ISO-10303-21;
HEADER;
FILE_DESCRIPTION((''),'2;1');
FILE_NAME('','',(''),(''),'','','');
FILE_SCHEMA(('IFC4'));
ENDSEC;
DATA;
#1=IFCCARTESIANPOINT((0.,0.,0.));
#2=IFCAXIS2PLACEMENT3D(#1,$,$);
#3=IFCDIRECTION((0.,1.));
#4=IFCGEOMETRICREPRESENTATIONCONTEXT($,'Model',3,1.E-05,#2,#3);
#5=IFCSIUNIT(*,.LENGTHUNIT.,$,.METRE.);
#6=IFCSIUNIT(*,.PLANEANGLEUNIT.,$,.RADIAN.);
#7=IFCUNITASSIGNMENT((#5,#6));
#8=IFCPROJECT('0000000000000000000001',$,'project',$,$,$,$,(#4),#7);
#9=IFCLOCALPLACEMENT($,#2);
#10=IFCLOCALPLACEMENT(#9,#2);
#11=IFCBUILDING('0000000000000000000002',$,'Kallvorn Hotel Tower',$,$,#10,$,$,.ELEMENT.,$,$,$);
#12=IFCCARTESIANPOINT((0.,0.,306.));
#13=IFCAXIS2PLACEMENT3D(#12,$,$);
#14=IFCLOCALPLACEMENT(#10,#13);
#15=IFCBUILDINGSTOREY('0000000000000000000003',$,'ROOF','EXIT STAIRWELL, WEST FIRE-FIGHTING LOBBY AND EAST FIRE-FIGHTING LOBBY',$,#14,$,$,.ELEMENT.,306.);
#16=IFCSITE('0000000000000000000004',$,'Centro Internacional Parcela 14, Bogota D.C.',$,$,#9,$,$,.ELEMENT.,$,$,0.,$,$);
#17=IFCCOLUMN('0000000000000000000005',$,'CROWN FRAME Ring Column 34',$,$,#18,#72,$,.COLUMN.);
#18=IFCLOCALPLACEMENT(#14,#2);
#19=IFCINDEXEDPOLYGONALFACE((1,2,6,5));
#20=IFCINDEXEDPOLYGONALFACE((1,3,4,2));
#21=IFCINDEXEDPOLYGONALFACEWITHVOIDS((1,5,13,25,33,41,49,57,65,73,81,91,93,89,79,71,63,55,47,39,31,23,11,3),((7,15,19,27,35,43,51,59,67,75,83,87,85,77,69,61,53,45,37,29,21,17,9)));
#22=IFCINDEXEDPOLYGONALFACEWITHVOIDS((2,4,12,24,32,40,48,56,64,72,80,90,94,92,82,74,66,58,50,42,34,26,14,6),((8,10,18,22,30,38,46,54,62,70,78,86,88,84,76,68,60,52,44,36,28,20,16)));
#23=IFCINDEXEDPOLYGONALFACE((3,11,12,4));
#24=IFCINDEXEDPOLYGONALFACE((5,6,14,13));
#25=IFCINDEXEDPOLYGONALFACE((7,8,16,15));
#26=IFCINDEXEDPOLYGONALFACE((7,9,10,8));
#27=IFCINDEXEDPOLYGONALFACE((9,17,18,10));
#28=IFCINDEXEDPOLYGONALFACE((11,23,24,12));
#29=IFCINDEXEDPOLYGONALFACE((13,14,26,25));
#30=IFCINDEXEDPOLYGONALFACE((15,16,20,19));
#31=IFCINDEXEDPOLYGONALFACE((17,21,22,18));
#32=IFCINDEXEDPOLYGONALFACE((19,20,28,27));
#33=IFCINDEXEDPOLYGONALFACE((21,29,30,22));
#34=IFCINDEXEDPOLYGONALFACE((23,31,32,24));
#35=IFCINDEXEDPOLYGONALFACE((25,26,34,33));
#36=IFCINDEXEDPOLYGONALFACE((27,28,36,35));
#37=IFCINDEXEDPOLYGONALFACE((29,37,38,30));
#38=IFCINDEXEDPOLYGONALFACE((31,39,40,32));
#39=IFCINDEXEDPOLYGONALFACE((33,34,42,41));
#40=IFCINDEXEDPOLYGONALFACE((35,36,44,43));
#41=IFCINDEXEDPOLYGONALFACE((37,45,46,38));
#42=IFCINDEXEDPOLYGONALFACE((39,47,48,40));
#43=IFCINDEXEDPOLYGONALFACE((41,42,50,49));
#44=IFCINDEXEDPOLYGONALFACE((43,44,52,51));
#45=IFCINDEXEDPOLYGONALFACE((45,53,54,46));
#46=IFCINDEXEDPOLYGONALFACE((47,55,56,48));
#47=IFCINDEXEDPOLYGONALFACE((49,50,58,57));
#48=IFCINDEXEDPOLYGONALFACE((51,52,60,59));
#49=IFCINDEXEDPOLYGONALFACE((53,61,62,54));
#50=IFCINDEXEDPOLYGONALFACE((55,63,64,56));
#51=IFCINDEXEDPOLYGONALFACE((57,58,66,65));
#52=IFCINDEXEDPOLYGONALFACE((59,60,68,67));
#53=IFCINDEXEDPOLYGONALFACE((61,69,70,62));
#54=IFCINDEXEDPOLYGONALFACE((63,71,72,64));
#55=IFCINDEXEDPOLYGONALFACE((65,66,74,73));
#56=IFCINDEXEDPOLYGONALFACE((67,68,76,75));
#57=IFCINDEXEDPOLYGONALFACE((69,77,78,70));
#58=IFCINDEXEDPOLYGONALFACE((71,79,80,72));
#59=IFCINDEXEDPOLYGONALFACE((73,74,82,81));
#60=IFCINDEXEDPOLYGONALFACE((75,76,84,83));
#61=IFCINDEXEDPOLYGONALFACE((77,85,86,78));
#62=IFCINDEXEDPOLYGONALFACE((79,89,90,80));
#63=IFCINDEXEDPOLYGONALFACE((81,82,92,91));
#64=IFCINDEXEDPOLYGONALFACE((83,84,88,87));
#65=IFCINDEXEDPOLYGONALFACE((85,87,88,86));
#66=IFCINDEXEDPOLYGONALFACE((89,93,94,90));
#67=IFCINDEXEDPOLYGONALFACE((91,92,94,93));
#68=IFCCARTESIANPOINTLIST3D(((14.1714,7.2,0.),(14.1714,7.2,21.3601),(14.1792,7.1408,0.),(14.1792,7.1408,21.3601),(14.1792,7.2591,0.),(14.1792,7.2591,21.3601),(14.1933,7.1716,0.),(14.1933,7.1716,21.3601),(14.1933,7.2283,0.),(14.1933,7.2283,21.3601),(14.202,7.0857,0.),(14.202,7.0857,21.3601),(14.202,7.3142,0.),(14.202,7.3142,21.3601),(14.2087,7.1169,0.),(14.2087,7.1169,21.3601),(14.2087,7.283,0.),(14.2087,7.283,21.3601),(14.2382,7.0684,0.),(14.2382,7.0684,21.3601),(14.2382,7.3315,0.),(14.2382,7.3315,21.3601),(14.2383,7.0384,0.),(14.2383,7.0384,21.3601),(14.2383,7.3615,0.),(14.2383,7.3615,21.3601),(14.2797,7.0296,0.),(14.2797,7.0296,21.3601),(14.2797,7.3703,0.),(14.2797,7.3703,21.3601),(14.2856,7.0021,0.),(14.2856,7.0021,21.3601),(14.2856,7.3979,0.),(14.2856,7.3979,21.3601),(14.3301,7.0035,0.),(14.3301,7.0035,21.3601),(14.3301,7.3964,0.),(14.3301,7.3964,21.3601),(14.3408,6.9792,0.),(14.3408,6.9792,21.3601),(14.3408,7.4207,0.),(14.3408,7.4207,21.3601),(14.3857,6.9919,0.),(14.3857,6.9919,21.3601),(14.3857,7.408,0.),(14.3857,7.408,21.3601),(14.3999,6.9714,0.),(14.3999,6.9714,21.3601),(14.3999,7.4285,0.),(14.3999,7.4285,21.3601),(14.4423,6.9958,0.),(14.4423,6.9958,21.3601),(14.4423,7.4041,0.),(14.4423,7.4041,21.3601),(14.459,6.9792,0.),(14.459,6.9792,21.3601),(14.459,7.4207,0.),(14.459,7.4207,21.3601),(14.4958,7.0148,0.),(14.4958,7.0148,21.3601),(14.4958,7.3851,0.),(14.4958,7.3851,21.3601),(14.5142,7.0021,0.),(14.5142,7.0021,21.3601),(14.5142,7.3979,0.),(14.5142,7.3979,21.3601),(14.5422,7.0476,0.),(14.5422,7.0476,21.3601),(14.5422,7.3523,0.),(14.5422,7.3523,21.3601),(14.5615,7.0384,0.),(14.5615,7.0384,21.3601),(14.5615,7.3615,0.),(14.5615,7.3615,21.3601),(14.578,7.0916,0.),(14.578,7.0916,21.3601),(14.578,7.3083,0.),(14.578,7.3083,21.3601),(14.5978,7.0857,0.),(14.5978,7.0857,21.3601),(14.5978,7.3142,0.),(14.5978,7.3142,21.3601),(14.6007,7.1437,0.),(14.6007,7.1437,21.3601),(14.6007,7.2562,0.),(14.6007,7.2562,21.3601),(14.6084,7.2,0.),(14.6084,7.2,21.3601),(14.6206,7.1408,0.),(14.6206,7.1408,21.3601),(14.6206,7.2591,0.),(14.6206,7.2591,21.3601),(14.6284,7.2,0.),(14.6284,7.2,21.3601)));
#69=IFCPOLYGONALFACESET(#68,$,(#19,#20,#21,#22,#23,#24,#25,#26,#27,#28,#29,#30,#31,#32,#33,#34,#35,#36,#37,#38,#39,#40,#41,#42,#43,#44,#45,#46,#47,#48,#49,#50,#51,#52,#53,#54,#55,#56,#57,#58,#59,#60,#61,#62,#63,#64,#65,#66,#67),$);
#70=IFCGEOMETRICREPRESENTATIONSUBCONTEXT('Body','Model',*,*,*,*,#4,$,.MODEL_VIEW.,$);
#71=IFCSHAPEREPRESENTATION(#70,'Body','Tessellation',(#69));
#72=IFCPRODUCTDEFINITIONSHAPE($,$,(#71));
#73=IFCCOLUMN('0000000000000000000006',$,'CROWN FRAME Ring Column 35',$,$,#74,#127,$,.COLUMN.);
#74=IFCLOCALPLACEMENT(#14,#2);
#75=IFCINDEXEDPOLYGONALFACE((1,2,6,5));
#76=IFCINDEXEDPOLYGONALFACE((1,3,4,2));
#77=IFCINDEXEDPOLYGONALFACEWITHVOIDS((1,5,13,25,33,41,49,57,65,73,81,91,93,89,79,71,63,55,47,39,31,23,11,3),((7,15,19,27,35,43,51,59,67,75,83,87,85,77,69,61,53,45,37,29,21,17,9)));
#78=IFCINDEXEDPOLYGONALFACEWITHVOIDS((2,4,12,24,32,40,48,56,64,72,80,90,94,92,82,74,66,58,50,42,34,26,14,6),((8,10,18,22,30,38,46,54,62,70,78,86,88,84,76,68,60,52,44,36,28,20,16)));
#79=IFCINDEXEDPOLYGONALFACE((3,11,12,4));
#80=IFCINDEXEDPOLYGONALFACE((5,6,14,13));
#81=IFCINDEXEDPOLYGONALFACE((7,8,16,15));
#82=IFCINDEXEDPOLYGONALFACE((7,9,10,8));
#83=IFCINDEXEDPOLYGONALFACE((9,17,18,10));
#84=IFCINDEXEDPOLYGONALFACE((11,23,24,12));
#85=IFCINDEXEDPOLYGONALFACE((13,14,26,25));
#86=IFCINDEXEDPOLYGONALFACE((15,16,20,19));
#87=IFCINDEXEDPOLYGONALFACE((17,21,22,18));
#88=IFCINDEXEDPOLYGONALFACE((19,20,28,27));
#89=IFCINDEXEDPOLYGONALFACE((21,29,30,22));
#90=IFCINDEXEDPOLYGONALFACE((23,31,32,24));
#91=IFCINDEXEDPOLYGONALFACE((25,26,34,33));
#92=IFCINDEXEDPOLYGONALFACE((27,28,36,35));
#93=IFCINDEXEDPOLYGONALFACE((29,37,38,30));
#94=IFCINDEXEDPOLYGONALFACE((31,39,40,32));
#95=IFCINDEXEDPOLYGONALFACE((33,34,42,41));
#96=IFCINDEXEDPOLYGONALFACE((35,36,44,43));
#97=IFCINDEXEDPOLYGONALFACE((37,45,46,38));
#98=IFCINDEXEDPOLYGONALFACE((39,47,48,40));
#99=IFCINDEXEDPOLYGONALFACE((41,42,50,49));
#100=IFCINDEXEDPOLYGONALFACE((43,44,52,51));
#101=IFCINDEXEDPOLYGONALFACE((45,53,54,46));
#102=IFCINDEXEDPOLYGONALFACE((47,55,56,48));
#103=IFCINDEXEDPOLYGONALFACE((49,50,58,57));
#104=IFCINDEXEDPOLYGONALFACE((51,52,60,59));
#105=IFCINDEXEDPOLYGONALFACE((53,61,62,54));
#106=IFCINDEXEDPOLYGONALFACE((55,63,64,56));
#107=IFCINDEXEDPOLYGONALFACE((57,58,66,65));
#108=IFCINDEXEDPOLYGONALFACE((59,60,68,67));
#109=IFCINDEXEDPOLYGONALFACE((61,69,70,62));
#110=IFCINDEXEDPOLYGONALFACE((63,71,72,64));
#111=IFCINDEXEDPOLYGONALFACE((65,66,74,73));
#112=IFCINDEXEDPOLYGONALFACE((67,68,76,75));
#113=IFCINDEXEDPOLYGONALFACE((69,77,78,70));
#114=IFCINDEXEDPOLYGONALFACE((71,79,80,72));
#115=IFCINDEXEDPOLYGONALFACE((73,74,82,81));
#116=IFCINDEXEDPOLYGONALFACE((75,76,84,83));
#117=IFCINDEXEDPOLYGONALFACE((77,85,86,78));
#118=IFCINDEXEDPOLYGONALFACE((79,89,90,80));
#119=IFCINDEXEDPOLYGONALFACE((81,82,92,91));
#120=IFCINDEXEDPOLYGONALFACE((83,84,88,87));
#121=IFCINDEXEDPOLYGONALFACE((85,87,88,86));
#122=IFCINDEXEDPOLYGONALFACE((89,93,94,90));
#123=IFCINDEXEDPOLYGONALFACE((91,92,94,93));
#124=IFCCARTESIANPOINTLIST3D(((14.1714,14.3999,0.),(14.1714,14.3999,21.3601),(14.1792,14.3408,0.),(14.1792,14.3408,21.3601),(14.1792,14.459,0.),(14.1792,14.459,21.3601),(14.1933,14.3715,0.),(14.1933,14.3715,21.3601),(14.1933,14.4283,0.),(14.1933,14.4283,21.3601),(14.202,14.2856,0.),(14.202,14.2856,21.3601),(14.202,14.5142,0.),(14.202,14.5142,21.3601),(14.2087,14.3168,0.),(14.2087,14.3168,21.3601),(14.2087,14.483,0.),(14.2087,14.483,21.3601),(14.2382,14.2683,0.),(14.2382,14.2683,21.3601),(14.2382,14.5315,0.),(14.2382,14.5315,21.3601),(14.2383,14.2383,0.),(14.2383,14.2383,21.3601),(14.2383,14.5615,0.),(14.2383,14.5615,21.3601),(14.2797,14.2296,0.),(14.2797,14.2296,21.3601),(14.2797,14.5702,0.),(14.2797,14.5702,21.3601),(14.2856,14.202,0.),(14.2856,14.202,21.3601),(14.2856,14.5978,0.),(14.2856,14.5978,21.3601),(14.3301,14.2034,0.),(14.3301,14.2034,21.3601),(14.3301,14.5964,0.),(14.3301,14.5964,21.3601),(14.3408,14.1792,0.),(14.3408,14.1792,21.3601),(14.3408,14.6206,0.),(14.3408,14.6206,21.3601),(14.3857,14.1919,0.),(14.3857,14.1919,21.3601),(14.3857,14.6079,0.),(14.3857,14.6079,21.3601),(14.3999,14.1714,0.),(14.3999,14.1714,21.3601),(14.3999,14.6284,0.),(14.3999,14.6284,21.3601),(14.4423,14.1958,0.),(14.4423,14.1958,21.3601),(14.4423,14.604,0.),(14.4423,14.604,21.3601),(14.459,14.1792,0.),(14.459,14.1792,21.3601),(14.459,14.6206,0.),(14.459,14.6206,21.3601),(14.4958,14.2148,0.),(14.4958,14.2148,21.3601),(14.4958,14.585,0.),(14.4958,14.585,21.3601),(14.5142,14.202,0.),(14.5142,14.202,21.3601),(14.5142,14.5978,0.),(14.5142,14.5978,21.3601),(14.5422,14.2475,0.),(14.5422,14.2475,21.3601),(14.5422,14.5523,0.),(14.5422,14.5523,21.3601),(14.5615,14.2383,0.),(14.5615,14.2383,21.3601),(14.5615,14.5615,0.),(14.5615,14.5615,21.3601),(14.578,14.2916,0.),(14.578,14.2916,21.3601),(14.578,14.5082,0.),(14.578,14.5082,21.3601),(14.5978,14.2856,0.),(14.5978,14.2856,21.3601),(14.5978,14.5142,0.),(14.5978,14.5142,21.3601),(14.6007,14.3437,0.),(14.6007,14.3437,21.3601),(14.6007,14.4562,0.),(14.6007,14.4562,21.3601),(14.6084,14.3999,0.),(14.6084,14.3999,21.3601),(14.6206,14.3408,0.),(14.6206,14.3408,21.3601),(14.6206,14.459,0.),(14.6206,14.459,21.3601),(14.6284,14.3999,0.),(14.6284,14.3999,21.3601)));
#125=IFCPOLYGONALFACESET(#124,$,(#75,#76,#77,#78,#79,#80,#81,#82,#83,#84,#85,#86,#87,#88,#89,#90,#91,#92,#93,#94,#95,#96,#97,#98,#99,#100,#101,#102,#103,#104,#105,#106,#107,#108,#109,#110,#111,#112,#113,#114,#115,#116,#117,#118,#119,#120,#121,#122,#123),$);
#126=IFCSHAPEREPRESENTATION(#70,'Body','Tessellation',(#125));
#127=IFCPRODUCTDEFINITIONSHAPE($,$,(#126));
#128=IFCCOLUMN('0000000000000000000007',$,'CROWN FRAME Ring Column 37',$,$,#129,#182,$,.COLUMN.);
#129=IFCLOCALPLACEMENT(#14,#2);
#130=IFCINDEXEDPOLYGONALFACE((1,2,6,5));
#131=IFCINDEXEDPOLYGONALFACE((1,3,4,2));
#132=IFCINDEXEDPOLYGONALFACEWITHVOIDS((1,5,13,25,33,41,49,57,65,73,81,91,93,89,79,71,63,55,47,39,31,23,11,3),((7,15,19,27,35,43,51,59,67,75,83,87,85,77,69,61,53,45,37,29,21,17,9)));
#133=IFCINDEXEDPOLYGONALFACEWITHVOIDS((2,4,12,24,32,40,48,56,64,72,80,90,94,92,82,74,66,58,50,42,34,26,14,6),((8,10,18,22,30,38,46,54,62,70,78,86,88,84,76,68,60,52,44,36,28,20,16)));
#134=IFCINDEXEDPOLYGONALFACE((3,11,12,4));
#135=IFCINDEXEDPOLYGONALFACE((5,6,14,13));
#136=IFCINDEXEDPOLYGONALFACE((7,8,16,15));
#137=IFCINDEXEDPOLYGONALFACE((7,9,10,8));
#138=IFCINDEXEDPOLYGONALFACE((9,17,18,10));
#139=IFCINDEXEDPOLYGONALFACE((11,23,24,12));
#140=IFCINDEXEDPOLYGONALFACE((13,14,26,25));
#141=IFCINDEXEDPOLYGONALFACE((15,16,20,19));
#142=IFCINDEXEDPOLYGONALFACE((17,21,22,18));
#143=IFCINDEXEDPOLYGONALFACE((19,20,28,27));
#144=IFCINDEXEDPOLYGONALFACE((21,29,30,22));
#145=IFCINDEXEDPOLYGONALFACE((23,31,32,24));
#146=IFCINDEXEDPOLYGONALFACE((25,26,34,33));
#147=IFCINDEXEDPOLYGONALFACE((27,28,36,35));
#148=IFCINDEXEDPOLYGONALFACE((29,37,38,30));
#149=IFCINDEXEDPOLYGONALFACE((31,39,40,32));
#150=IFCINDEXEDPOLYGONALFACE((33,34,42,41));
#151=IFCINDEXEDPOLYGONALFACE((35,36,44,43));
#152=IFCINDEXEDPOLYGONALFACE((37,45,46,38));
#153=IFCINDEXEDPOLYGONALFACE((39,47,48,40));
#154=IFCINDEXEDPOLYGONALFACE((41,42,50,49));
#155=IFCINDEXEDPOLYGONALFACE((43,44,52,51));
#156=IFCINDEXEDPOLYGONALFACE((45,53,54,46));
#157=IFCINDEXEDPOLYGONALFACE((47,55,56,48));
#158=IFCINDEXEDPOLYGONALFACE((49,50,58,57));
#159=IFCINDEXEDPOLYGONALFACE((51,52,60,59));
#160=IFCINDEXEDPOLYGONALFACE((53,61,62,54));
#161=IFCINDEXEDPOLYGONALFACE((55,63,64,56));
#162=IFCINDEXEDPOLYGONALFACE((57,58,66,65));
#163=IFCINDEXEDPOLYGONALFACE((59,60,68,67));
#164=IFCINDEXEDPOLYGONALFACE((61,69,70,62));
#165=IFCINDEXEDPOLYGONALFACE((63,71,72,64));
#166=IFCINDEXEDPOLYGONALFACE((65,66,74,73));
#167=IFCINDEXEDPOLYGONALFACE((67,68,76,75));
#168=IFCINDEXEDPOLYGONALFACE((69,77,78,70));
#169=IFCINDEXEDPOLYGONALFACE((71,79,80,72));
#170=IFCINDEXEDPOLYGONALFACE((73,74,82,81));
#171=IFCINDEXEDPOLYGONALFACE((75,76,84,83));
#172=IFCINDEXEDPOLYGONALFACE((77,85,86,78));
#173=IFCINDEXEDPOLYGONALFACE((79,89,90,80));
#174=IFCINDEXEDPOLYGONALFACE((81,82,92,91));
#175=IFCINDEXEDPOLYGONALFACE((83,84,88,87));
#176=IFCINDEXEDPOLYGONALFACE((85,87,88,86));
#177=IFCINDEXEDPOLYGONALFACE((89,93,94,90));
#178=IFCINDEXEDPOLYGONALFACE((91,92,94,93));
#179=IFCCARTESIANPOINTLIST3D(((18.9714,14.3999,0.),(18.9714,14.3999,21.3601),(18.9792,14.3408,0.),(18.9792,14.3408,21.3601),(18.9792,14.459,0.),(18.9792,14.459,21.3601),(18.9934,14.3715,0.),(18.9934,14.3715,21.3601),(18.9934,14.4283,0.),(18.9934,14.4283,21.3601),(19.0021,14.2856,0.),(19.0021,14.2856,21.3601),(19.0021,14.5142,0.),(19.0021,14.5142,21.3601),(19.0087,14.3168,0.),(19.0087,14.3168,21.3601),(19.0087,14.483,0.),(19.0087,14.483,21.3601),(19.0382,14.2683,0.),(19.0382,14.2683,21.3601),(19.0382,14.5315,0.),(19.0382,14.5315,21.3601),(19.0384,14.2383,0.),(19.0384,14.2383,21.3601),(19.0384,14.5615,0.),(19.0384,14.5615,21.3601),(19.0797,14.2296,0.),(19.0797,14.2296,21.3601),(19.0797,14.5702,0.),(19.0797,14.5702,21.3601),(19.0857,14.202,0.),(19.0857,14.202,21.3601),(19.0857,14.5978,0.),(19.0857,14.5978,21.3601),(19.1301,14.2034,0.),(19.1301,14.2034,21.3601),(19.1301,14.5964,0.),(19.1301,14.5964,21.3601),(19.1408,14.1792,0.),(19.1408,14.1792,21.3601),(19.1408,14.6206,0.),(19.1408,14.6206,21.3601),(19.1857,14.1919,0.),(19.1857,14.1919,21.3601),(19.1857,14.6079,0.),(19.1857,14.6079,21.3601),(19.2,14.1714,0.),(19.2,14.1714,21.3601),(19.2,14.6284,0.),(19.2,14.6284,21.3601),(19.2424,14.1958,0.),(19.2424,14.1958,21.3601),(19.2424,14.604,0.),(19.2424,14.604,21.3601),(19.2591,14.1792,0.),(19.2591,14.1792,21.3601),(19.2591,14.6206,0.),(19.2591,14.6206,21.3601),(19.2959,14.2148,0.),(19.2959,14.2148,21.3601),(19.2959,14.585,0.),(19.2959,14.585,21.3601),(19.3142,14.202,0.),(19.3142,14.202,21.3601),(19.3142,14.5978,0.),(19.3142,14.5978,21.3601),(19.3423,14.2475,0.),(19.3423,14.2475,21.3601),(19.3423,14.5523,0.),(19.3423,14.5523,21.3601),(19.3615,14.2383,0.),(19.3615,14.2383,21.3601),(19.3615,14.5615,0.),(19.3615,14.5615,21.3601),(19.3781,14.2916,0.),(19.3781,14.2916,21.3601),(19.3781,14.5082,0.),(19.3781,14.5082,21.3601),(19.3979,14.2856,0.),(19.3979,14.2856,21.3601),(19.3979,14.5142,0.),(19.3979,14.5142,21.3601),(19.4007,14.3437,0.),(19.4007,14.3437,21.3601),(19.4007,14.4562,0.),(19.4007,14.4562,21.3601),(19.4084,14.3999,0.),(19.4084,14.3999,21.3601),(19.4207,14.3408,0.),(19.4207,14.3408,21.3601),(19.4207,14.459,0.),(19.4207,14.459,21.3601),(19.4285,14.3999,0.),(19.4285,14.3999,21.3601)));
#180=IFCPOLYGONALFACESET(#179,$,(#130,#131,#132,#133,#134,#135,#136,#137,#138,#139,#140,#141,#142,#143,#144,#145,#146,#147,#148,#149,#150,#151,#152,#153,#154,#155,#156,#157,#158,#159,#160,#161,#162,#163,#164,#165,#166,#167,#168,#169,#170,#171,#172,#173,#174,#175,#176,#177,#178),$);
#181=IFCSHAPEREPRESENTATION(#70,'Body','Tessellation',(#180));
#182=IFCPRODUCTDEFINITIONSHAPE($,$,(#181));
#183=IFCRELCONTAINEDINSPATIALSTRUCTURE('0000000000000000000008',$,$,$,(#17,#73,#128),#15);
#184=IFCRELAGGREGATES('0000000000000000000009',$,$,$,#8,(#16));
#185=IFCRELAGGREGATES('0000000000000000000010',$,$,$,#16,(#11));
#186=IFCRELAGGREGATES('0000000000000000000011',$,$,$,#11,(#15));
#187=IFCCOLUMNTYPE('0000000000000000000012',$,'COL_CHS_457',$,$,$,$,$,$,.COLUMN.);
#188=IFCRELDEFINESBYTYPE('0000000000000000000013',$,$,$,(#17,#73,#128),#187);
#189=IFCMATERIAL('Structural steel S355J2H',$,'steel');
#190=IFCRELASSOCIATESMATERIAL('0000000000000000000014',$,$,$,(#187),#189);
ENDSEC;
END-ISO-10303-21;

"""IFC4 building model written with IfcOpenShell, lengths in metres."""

from ifc_helpers import new_model, si_unit, direction, frame, origin, origin_2d, place, context, subcontext, project, spatial, hollow_circle, extrude, material, material_profile, profile_set, type_object, element, save


model = new_model("IFC4")

# Units and contexts
model_context = context("Model", 3, precision=1e-05, world=origin(), true_north=direction((0.0, 1.0)))
body_context = subcontext(model_context, "Body", "Model", "MODEL_VIEW")
ifc_project = project(units=[si_unit("LENGTHUNIT", "METRE"), si_unit("PLANEANGLEUNIT", "RADIAN")], contexts=[model_context])

# Site, building, storey
site_placement = place(None, origin())
site = spatial("IfcSite", under=ifc_project, at=site_placement, Name="Centro Internacional Parcela 14, Bogota D.C.", CompositionType="ELEMENT", RefElevation=0.0)
building_placement = place(site_placement, origin())
building = spatial("IfcBuilding", under=site, at=building_placement, Name="Kallvorn Hotel Tower", CompositionType="ELEMENT")
storey_placement = place(building_placement, frame((0.0, 0.0, 306.0)))
storey = spatial("IfcBuildingStorey", under=building, at=storey_placement, Name="ROOF", Description="EXIT STAIRWELL, WEST FIRE-FIGHTING LOBBY AND EAST FIRE-FIGHTING LOBBY", CompositionType="ELEMENT", Elevation=306.0)

# Columns
ifc_material_1 = material(Name="Structural steel S355J2H", Category="steel")
ifc_material_profile_1 = material_profile(ifc_material_1, hollow_circle(Radius=0.2285, WallThickness=0.02, at=origin_2d()), Name="CHS 457x20")
ifc_profile_set_1 = profile_set([ifc_material_profile_1], Name="Structural steel S355J2H")
column_type = type_object("IfcColumnType", Name="COL_CHS_457", PredefinedType="COLUMN", material=ifc_profile_set_1)
for number, where, z_axis, x_axis, name in (
    (1, (14.3999, 7.2, 0.0), (0.0, 0.0, 1.0), (1.0, 0.0, 0.0), "CROWN FRAME Ring Column 34"),
    (2, (14.3999, 14.3999, 0.0), (0.0, 0.0, 1.0), (1.0, 0.0, 0.0), "CROWN FRAME Ring Column 35"),
    (3, (19.2, 14.3999, 0.0), (0.0, 0.0, 1.0), (1.0, 0.0, 0.0), "CROWN FRAME Ring Column 37"),
):
    element("IfcColumn", number, at=place(storey_placement, frame(where, z_axis=z_axis, x_axis=x_axis)), inside=storey, type_object=column_type, Name=name, PredefinedType="COLUMN", context=body_context, shape_type="SweptSolid", body=[
        extrude(hollow_circle(Radius=0.2285, WallThickness=0.02, at=origin_2d()), origin(), (0.0, 0.0, 1.0), 21.3601),
    ])

save(model, "model.ifc")
